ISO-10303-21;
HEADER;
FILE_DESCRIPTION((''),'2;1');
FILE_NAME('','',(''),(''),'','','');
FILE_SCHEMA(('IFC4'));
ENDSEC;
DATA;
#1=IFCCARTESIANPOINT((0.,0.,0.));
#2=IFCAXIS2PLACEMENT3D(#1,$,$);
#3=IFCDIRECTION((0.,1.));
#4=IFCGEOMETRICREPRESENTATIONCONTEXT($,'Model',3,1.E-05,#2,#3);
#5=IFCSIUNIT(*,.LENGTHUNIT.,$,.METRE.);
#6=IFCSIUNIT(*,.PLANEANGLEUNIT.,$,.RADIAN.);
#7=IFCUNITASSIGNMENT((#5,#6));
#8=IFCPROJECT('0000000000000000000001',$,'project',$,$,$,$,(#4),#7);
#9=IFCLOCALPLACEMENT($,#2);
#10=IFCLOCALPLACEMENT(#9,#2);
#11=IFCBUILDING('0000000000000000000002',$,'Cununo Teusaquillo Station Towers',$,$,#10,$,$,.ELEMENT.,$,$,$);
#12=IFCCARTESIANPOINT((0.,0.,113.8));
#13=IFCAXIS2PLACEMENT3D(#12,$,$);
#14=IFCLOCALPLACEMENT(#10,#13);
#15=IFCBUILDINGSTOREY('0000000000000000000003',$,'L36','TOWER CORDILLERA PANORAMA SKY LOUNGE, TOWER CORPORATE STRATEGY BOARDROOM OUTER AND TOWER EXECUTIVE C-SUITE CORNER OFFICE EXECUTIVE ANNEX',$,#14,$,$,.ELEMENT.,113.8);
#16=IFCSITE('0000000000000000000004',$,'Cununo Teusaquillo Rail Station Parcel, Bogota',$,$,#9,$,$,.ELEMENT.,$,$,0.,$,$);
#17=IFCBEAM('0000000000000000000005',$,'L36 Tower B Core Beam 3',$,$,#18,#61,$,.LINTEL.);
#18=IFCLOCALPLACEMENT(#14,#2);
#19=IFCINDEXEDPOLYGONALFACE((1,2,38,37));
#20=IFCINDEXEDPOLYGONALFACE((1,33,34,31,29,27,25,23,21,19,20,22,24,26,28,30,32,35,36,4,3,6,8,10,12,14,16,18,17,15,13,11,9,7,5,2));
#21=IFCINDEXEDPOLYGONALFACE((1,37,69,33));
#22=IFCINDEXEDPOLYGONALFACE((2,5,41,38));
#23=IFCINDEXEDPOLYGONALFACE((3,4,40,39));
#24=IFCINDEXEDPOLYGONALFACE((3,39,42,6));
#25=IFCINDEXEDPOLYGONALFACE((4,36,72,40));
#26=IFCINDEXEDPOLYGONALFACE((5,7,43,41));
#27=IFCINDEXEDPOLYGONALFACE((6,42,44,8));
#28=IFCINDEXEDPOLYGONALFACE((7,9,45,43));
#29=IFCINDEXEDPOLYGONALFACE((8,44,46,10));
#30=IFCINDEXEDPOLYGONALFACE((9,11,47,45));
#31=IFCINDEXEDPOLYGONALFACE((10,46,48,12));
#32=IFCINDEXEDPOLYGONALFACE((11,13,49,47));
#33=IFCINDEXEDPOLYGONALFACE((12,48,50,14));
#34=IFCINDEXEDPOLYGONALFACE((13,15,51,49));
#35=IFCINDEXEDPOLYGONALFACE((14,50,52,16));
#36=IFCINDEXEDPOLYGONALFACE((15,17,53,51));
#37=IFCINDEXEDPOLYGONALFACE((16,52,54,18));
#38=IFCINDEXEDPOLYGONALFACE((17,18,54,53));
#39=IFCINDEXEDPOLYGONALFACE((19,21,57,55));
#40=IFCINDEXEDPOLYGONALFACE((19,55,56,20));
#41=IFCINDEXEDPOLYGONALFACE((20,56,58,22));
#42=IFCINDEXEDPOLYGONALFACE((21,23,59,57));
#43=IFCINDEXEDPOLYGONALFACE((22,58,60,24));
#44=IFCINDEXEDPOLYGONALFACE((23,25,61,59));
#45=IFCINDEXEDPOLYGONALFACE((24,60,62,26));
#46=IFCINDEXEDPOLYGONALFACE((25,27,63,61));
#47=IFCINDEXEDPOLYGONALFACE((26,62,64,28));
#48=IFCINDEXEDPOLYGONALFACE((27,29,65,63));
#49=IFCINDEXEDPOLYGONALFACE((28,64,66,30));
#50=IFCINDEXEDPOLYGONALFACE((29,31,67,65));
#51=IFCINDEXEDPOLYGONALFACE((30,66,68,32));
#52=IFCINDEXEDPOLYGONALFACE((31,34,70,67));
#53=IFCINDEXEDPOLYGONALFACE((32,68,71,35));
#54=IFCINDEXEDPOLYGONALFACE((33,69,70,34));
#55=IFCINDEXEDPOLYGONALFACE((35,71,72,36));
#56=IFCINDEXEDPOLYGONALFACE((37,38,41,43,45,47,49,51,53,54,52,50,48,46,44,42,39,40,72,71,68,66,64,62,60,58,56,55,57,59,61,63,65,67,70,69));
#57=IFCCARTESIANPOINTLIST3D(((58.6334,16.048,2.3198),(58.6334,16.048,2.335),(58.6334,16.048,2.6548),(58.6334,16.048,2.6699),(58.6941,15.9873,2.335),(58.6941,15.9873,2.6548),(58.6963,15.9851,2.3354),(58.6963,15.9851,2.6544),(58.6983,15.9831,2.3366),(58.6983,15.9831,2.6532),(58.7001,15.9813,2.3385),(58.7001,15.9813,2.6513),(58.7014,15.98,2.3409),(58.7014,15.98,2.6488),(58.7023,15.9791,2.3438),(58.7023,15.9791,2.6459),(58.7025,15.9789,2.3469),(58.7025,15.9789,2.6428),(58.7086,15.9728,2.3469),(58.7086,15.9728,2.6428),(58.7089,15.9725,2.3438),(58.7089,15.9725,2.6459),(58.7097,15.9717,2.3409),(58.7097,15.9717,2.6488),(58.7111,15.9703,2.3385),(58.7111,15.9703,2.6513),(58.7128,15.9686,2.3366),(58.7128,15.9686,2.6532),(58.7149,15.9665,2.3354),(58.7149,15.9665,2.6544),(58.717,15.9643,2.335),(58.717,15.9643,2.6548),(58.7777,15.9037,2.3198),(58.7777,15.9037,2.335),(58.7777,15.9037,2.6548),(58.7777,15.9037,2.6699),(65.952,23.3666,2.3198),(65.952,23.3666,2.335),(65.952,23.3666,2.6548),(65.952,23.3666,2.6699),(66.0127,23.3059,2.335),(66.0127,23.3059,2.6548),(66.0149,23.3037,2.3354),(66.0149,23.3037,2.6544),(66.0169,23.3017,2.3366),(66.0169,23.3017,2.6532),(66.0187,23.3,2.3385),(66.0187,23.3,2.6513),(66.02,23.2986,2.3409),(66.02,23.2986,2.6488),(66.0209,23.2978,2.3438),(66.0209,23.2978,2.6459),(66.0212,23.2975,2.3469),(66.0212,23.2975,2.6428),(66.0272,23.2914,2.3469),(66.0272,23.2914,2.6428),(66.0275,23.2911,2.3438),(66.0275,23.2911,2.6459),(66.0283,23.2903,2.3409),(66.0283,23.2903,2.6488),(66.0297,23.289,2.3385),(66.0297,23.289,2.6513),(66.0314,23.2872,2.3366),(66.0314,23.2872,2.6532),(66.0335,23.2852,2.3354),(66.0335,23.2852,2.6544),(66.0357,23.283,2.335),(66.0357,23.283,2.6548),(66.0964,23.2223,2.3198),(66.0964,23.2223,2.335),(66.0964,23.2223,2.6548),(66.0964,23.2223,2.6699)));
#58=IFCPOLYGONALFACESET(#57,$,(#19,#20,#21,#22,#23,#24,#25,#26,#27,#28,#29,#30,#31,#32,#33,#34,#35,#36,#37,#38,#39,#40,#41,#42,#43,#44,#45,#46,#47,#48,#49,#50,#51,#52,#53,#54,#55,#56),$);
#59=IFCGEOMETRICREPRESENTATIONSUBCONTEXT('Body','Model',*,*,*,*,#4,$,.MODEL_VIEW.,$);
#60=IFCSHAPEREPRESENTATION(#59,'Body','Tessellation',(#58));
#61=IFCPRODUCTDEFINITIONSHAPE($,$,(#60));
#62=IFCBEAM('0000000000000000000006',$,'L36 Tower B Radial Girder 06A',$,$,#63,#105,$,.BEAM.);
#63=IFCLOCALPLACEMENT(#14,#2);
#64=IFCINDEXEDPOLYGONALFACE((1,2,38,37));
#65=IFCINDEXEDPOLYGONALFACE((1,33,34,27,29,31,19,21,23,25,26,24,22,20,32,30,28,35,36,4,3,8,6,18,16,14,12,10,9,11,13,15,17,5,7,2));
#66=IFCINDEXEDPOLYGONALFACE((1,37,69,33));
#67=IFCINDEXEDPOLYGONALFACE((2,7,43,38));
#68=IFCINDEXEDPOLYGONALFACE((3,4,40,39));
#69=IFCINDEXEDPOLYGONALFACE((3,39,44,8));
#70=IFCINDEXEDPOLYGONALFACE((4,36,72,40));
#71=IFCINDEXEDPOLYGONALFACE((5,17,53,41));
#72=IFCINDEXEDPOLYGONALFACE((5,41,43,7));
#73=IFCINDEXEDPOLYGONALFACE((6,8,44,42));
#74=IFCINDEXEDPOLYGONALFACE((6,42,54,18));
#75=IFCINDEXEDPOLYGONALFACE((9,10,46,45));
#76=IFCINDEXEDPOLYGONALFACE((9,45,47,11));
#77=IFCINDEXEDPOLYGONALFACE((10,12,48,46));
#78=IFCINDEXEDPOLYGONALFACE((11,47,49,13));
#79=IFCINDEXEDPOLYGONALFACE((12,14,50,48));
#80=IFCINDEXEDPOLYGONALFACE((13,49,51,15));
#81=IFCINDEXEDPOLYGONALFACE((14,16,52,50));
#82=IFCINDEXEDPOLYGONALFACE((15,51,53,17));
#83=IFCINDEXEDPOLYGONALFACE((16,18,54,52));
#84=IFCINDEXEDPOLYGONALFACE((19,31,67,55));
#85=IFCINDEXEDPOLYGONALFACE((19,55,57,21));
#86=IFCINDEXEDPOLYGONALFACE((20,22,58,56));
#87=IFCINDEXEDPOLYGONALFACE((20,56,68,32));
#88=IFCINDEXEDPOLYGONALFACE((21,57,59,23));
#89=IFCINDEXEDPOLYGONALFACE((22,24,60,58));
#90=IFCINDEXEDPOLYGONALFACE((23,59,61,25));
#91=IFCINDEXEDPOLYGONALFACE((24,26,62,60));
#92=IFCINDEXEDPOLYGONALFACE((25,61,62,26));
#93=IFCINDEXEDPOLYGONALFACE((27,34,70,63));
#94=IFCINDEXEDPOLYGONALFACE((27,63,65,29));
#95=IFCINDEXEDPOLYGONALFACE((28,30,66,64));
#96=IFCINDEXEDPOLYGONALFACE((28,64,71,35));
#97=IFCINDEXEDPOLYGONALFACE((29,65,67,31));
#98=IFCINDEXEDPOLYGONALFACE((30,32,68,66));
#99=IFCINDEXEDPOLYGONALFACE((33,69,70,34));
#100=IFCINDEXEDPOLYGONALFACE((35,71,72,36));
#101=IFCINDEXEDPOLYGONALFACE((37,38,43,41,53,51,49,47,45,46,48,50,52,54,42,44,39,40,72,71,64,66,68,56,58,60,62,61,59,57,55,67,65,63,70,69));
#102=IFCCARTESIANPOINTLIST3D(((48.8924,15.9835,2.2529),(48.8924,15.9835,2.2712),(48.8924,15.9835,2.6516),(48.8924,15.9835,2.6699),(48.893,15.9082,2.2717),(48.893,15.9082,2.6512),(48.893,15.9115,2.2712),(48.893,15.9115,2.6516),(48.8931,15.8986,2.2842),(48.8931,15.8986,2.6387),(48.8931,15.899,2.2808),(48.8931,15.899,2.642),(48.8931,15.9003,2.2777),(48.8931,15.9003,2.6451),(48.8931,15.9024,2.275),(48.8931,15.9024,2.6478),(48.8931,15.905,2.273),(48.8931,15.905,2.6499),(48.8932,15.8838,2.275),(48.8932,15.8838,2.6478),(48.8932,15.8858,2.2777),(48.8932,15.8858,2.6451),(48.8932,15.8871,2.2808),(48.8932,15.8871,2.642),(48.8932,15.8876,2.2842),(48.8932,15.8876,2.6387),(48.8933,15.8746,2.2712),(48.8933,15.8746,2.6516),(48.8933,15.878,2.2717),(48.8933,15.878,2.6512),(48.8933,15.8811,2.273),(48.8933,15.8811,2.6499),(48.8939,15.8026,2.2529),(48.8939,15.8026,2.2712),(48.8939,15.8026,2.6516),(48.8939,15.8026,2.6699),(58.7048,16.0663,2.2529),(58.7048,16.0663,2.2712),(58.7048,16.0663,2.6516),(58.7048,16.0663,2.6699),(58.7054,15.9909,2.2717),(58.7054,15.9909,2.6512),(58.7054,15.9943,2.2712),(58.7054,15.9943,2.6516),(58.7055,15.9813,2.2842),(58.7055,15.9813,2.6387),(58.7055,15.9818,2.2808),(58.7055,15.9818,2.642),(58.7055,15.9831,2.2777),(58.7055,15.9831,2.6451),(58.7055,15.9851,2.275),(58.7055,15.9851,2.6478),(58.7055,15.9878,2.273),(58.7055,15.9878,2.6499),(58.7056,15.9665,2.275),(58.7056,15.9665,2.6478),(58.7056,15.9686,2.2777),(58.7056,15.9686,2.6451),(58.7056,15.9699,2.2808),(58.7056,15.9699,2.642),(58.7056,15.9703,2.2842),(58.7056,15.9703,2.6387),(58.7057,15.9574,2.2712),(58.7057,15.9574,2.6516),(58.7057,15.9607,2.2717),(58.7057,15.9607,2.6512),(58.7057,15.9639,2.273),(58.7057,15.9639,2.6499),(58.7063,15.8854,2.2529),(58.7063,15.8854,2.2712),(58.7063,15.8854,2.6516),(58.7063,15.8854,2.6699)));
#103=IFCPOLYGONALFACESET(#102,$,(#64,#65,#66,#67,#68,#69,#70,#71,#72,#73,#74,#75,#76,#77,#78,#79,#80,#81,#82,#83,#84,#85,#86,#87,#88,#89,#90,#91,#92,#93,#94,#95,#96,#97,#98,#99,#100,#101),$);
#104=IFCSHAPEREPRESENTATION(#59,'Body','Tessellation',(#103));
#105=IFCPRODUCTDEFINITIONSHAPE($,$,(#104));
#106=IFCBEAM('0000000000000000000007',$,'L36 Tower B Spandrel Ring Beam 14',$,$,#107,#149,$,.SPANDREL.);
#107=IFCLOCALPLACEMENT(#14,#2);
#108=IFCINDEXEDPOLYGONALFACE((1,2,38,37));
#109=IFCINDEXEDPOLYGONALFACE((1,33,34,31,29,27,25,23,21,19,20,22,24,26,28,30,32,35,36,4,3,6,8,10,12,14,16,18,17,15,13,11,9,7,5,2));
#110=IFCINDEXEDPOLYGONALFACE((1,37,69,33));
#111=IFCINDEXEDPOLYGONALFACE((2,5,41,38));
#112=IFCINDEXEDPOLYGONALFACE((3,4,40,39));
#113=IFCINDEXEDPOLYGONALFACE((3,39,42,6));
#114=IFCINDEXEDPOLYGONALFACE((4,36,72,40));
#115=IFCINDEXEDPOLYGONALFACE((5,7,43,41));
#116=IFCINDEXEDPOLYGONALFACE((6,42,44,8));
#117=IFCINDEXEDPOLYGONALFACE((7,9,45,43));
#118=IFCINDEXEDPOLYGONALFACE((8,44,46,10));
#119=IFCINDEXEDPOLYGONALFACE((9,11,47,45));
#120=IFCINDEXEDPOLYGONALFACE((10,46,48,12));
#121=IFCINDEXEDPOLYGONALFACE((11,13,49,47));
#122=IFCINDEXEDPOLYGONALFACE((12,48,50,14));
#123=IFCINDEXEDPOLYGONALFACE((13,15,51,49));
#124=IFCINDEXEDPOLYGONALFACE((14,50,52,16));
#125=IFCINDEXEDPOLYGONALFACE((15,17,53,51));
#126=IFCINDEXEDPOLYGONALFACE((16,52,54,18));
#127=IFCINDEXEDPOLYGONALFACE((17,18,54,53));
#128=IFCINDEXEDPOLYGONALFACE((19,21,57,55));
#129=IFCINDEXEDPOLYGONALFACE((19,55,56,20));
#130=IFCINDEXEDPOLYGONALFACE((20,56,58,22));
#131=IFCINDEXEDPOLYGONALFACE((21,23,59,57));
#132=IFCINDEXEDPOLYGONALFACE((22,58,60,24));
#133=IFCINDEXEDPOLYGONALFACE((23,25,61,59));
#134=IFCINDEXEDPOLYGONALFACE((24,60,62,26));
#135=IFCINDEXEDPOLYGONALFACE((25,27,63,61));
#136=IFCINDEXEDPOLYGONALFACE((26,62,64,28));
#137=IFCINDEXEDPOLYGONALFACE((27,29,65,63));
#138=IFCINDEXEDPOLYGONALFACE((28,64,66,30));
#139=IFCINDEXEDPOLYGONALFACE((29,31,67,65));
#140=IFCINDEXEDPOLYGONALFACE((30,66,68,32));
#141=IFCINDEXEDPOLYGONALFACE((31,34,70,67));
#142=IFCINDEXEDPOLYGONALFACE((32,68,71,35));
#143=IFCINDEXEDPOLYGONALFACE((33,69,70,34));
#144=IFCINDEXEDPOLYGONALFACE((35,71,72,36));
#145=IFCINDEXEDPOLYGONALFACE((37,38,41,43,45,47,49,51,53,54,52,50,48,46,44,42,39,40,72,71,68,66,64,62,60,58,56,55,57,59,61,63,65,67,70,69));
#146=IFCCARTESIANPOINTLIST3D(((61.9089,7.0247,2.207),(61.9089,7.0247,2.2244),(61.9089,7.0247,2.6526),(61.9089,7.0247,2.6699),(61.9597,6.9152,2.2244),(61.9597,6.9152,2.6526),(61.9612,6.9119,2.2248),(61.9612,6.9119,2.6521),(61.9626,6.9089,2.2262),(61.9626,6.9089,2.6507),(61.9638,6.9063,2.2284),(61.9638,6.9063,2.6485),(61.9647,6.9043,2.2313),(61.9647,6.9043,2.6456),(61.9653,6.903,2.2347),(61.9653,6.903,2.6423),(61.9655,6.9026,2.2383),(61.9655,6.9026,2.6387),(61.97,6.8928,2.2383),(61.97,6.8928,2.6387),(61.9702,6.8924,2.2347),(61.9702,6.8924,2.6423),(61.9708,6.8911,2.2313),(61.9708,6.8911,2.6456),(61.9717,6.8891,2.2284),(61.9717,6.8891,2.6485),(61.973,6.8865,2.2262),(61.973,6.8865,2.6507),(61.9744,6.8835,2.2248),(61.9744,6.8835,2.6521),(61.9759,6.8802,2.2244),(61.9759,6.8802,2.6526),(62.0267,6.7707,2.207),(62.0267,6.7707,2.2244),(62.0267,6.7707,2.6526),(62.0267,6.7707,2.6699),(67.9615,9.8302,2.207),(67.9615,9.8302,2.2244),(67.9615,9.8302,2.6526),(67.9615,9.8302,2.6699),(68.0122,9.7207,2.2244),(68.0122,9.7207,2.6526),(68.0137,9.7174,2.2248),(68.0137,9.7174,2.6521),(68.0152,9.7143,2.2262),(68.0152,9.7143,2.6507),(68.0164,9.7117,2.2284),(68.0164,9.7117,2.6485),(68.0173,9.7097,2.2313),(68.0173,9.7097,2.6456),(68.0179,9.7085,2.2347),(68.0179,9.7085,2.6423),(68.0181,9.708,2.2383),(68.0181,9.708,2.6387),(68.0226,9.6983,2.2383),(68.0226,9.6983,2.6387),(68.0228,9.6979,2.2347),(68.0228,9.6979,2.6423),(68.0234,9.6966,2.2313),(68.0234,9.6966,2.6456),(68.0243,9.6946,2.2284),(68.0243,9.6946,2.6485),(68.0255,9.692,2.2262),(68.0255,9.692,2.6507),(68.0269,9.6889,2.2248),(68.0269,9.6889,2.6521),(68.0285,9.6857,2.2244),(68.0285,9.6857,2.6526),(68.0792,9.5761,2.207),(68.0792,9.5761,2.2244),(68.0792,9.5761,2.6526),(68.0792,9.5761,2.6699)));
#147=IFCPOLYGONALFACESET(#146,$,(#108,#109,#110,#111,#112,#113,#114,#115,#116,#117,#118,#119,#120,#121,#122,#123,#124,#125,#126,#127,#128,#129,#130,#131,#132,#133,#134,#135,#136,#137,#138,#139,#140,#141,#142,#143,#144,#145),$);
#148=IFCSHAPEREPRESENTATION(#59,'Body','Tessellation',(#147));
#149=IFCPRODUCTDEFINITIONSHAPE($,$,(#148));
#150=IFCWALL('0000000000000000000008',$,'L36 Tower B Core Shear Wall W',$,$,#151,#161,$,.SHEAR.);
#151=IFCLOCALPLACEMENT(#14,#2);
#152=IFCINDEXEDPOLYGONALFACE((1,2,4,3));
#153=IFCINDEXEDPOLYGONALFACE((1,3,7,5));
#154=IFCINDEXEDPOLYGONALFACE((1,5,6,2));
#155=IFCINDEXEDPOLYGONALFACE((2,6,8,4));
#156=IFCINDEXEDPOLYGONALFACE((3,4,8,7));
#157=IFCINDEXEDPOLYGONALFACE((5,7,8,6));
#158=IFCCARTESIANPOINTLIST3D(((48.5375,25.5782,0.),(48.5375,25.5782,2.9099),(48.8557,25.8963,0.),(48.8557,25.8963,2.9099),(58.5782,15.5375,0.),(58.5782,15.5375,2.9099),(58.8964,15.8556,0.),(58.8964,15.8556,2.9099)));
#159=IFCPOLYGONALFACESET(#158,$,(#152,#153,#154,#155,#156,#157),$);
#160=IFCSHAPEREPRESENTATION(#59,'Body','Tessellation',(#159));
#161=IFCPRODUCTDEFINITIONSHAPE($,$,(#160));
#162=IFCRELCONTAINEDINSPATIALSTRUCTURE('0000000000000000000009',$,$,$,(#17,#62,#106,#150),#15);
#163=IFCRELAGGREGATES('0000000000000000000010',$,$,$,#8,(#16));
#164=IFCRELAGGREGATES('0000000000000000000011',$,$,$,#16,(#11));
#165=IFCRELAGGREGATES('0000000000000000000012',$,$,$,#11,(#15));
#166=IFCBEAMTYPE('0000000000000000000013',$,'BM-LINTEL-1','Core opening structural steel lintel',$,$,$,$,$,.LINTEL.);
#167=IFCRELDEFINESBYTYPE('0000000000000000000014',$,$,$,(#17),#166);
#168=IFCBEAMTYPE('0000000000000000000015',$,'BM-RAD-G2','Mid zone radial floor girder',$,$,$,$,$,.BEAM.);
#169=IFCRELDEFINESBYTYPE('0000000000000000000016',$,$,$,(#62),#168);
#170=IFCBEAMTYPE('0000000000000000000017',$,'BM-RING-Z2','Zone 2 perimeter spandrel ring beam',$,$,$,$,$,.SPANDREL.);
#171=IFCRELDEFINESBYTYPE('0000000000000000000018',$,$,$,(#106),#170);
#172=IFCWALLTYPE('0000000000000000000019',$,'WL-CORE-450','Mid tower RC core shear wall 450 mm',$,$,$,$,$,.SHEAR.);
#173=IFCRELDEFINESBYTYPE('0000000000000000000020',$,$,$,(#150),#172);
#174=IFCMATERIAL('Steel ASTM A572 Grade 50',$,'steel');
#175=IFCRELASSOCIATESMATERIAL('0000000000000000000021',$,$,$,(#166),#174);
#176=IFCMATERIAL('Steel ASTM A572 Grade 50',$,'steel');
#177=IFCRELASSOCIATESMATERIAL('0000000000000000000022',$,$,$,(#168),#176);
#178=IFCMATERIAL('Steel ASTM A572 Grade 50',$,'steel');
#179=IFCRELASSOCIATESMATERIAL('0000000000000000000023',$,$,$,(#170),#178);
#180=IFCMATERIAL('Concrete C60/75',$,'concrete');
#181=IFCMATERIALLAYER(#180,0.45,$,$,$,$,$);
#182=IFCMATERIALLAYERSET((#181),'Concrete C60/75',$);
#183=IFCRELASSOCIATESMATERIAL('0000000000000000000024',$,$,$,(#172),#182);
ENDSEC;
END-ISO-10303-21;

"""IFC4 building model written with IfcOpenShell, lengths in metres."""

from ifc_helpers import new_model, si_unit, direction, frame, frame_2d, origin, origin_2d, place, context, subcontext, project, spatial, rectangle, i_section, extrude, material, layer, layer_set, material_profile, profile_set, type_object, element, save


model = new_model("IFC4")

# Units and contexts
model_context = context("Model", 3, precision=1e-05, world=origin(), true_north=direction((0.0, 1.0)))
body_context = subcontext(model_context, "Body", "Model", "MODEL_VIEW")
ifc_project = project(units=[si_unit("LENGTHUNIT", "METRE"), si_unit("PLANEANGLEUNIT", "RADIAN")], contexts=[model_context])

# Site, building, storey
site_placement = place(None, origin())
site = spatial("IfcSite", under=ifc_project, at=site_placement, Name="Cununo Teusaquillo Rail Station Parcel, Bogota", CompositionType="ELEMENT", RefElevation=0.0)
building_placement = place(site_placement, origin())
building = spatial("IfcBuilding", under=site, at=building_placement, Name="Cununo Teusaquillo Station Towers", CompositionType="ELEMENT")
storey_placement = place(building_placement, frame((0.0, 0.0, 113.8)))
storey = spatial("IfcBuildingStorey", under=building, at=storey_placement, Name="L36", Description="TOWER CORDILLERA PANORAMA SKY LOUNGE, TOWER CORPORATE STRATEGY BOARDROOM OUTER AND TOWER EXECUTIVE C-SUITE CORNER OFFICE EXECUTIVE ANNEX", CompositionType="ELEMENT", Elevation=113.8)

# Beams
ifc_material_1 = material(Name="Steel ASTM A572 Grade 50", Category="steel")
ifc_material_profile_1 = material_profile(ifc_material_1, i_section(OverallWidth=0.2041, OverallDepth=0.3501, WebThickness=0.0085, FlangeThickness=0.0151, FilletRadius=0.012, at=origin_2d()), Name="W14X48")
ifc_profile_set_1 = profile_set([ifc_material_profile_1], Name="Steel ASTM A572 Grade 50")
beam_type_1 = type_object("IfcBeamType", Name="BM-LINTEL-1", Description="Core opening structural steel lintel", PredefinedType="LINTEL", material=ifc_profile_set_1)
beam_1_placement = place(storey_placement, frame((58.7056, 15.9758, 2.4949), z_axis=(0.707107, 0.707107, 0.0), x_axis=(-0.707107, 0.707107, 0.0)))
element("IfcBeam", 1, at=beam_1_placement, inside=storey, type_object=beam_type_1, Name="L36 Tower B Core Beam 3", PredefinedType="LINTEL", context=body_context, shape_type="SweptSolid", body=[
    extrude(i_section(OverallWidth=0.2041, OverallDepth=0.3501, WebThickness=0.0085, FlangeThickness=0.0151, FilletRadius=0.012, at=origin_2d()), origin(), (0.0, 0.0, 1.0), 10.3501),
])
ifc_material_2 = material(Name="Steel ASTM A572 Grade 50", Category="steel")
ifc_material_profile_2 = material_profile(ifc_material_2, i_section(OverallWidth=0.1809, OverallDepth=0.417, WebThickness=0.011, FlangeThickness=0.0183, FilletRadius=0.0129, at=origin_2d()), Name="W16X57")
ifc_profile_set_2 = profile_set([ifc_material_profile_2], Name="Steel ASTM A572 Grade 50")
beam_type_2 = type_object("IfcBeamType", Name="BM-RAD-G2", Description="Mid zone radial floor girder", PredefinedType="BEAM", material=ifc_profile_set_2)
beam_2_placement = place(storey_placement, frame((58.7056, 15.9758, 2.4614), z_axis=(-0.999964, -0.008434, 0.0), x_axis=(0.008434, -0.999964, 0.0)))
element("IfcBeam", 2, at=beam_2_placement, inside=storey, type_object=beam_type_2, Name="L36 Tower B Radial Girder 06A", PredefinedType="BEAM", context=body_context, shape_type="SweptSolid", body=[
    extrude(i_section(OverallWidth=0.1809, OverallDepth=0.417, WebThickness=0.011, FlangeThickness=0.0183, FilletRadius=0.0129, at=origin_2d()), origin(), (0.0, 0.0, 1.0), 9.8127),
])
ifc_material_3 = material(Name="Steel ASTM A572 Grade 50", Category="steel")
ifc_material_profile_3 = material_profile(ifc_material_3, i_section(OverallWidth=0.28, OverallDepth=0.4629, WebThickness=0.0107, FlangeThickness=0.0173, FilletRadius=0.0139, at=origin_2d()), Name="W18X76")
ifc_profile_set_3 = profile_set([ifc_material_profile_3], Name="Steel ASTM A572 Grade 50")
beam_type_3 = type_object("IfcBeamType", Name="BM-RING-Z2", Description="Zone 2 perimeter spandrel ring beam", PredefinedType="SPANDREL", material=ifc_profile_set_3)
beam_3_placement = place(storey_placement, frame((61.9678, 6.8977, 2.4385), z_axis=(0.907276, 0.420536, 0.0), x_axis=(-0.420536, 0.907276, 0.0)))
element("IfcBeam", 3, at=beam_3_placement, inside=storey, type_object=beam_type_3, Name="L36 Tower B Spandrel Ring Beam 14", PredefinedType="SPANDREL", context=body_context, shape_type="SweptSolid", body=[
    extrude(i_section(OverallWidth=0.28, OverallDepth=0.4629, WebThickness=0.0107, FlangeThickness=0.0173, FilletRadius=0.0139, at=origin_2d()), origin(), (0.0, 0.0, 1.0), 6.6711),
])

# Wall
ifc_material_4 = material(Name="Concrete C60/75", Category="concrete")
ifc_layer_1 = layer(ifc_material_4, 0.45)
ifc_layer_set_1 = layer_set([ifc_layer_1], Name="Concrete C60/75")
wall_type_1 = type_object("IfcWallType", Name="WL-CORE-450", Description="Mid tower RC core shear wall 450 mm", PredefinedType="SHEAR", material=ifc_layer_set_1)
wall_1_placement = place(storey_placement, frame((58.7373, 15.6965, 0.0), z_axis=(0.0, 0.0, 1.0), x_axis=(-0.707107, 0.707107, 0.0)))
element("IfcWall", 4, at=wall_1_placement, inside=storey, type_object=wall_type_1, Name="L36 Tower B Core Shear Wall W", PredefinedType="SHEAR", context=body_context, shape_type="SweptSolid", body=[
    extrude(rectangle(XDim=14.1997, YDim=0.45, at=frame_2d((7.0999, 0.0))), origin(), (0.0, 0.0, 1.0), 2.9099),
])

save(model, "model.ifc")
